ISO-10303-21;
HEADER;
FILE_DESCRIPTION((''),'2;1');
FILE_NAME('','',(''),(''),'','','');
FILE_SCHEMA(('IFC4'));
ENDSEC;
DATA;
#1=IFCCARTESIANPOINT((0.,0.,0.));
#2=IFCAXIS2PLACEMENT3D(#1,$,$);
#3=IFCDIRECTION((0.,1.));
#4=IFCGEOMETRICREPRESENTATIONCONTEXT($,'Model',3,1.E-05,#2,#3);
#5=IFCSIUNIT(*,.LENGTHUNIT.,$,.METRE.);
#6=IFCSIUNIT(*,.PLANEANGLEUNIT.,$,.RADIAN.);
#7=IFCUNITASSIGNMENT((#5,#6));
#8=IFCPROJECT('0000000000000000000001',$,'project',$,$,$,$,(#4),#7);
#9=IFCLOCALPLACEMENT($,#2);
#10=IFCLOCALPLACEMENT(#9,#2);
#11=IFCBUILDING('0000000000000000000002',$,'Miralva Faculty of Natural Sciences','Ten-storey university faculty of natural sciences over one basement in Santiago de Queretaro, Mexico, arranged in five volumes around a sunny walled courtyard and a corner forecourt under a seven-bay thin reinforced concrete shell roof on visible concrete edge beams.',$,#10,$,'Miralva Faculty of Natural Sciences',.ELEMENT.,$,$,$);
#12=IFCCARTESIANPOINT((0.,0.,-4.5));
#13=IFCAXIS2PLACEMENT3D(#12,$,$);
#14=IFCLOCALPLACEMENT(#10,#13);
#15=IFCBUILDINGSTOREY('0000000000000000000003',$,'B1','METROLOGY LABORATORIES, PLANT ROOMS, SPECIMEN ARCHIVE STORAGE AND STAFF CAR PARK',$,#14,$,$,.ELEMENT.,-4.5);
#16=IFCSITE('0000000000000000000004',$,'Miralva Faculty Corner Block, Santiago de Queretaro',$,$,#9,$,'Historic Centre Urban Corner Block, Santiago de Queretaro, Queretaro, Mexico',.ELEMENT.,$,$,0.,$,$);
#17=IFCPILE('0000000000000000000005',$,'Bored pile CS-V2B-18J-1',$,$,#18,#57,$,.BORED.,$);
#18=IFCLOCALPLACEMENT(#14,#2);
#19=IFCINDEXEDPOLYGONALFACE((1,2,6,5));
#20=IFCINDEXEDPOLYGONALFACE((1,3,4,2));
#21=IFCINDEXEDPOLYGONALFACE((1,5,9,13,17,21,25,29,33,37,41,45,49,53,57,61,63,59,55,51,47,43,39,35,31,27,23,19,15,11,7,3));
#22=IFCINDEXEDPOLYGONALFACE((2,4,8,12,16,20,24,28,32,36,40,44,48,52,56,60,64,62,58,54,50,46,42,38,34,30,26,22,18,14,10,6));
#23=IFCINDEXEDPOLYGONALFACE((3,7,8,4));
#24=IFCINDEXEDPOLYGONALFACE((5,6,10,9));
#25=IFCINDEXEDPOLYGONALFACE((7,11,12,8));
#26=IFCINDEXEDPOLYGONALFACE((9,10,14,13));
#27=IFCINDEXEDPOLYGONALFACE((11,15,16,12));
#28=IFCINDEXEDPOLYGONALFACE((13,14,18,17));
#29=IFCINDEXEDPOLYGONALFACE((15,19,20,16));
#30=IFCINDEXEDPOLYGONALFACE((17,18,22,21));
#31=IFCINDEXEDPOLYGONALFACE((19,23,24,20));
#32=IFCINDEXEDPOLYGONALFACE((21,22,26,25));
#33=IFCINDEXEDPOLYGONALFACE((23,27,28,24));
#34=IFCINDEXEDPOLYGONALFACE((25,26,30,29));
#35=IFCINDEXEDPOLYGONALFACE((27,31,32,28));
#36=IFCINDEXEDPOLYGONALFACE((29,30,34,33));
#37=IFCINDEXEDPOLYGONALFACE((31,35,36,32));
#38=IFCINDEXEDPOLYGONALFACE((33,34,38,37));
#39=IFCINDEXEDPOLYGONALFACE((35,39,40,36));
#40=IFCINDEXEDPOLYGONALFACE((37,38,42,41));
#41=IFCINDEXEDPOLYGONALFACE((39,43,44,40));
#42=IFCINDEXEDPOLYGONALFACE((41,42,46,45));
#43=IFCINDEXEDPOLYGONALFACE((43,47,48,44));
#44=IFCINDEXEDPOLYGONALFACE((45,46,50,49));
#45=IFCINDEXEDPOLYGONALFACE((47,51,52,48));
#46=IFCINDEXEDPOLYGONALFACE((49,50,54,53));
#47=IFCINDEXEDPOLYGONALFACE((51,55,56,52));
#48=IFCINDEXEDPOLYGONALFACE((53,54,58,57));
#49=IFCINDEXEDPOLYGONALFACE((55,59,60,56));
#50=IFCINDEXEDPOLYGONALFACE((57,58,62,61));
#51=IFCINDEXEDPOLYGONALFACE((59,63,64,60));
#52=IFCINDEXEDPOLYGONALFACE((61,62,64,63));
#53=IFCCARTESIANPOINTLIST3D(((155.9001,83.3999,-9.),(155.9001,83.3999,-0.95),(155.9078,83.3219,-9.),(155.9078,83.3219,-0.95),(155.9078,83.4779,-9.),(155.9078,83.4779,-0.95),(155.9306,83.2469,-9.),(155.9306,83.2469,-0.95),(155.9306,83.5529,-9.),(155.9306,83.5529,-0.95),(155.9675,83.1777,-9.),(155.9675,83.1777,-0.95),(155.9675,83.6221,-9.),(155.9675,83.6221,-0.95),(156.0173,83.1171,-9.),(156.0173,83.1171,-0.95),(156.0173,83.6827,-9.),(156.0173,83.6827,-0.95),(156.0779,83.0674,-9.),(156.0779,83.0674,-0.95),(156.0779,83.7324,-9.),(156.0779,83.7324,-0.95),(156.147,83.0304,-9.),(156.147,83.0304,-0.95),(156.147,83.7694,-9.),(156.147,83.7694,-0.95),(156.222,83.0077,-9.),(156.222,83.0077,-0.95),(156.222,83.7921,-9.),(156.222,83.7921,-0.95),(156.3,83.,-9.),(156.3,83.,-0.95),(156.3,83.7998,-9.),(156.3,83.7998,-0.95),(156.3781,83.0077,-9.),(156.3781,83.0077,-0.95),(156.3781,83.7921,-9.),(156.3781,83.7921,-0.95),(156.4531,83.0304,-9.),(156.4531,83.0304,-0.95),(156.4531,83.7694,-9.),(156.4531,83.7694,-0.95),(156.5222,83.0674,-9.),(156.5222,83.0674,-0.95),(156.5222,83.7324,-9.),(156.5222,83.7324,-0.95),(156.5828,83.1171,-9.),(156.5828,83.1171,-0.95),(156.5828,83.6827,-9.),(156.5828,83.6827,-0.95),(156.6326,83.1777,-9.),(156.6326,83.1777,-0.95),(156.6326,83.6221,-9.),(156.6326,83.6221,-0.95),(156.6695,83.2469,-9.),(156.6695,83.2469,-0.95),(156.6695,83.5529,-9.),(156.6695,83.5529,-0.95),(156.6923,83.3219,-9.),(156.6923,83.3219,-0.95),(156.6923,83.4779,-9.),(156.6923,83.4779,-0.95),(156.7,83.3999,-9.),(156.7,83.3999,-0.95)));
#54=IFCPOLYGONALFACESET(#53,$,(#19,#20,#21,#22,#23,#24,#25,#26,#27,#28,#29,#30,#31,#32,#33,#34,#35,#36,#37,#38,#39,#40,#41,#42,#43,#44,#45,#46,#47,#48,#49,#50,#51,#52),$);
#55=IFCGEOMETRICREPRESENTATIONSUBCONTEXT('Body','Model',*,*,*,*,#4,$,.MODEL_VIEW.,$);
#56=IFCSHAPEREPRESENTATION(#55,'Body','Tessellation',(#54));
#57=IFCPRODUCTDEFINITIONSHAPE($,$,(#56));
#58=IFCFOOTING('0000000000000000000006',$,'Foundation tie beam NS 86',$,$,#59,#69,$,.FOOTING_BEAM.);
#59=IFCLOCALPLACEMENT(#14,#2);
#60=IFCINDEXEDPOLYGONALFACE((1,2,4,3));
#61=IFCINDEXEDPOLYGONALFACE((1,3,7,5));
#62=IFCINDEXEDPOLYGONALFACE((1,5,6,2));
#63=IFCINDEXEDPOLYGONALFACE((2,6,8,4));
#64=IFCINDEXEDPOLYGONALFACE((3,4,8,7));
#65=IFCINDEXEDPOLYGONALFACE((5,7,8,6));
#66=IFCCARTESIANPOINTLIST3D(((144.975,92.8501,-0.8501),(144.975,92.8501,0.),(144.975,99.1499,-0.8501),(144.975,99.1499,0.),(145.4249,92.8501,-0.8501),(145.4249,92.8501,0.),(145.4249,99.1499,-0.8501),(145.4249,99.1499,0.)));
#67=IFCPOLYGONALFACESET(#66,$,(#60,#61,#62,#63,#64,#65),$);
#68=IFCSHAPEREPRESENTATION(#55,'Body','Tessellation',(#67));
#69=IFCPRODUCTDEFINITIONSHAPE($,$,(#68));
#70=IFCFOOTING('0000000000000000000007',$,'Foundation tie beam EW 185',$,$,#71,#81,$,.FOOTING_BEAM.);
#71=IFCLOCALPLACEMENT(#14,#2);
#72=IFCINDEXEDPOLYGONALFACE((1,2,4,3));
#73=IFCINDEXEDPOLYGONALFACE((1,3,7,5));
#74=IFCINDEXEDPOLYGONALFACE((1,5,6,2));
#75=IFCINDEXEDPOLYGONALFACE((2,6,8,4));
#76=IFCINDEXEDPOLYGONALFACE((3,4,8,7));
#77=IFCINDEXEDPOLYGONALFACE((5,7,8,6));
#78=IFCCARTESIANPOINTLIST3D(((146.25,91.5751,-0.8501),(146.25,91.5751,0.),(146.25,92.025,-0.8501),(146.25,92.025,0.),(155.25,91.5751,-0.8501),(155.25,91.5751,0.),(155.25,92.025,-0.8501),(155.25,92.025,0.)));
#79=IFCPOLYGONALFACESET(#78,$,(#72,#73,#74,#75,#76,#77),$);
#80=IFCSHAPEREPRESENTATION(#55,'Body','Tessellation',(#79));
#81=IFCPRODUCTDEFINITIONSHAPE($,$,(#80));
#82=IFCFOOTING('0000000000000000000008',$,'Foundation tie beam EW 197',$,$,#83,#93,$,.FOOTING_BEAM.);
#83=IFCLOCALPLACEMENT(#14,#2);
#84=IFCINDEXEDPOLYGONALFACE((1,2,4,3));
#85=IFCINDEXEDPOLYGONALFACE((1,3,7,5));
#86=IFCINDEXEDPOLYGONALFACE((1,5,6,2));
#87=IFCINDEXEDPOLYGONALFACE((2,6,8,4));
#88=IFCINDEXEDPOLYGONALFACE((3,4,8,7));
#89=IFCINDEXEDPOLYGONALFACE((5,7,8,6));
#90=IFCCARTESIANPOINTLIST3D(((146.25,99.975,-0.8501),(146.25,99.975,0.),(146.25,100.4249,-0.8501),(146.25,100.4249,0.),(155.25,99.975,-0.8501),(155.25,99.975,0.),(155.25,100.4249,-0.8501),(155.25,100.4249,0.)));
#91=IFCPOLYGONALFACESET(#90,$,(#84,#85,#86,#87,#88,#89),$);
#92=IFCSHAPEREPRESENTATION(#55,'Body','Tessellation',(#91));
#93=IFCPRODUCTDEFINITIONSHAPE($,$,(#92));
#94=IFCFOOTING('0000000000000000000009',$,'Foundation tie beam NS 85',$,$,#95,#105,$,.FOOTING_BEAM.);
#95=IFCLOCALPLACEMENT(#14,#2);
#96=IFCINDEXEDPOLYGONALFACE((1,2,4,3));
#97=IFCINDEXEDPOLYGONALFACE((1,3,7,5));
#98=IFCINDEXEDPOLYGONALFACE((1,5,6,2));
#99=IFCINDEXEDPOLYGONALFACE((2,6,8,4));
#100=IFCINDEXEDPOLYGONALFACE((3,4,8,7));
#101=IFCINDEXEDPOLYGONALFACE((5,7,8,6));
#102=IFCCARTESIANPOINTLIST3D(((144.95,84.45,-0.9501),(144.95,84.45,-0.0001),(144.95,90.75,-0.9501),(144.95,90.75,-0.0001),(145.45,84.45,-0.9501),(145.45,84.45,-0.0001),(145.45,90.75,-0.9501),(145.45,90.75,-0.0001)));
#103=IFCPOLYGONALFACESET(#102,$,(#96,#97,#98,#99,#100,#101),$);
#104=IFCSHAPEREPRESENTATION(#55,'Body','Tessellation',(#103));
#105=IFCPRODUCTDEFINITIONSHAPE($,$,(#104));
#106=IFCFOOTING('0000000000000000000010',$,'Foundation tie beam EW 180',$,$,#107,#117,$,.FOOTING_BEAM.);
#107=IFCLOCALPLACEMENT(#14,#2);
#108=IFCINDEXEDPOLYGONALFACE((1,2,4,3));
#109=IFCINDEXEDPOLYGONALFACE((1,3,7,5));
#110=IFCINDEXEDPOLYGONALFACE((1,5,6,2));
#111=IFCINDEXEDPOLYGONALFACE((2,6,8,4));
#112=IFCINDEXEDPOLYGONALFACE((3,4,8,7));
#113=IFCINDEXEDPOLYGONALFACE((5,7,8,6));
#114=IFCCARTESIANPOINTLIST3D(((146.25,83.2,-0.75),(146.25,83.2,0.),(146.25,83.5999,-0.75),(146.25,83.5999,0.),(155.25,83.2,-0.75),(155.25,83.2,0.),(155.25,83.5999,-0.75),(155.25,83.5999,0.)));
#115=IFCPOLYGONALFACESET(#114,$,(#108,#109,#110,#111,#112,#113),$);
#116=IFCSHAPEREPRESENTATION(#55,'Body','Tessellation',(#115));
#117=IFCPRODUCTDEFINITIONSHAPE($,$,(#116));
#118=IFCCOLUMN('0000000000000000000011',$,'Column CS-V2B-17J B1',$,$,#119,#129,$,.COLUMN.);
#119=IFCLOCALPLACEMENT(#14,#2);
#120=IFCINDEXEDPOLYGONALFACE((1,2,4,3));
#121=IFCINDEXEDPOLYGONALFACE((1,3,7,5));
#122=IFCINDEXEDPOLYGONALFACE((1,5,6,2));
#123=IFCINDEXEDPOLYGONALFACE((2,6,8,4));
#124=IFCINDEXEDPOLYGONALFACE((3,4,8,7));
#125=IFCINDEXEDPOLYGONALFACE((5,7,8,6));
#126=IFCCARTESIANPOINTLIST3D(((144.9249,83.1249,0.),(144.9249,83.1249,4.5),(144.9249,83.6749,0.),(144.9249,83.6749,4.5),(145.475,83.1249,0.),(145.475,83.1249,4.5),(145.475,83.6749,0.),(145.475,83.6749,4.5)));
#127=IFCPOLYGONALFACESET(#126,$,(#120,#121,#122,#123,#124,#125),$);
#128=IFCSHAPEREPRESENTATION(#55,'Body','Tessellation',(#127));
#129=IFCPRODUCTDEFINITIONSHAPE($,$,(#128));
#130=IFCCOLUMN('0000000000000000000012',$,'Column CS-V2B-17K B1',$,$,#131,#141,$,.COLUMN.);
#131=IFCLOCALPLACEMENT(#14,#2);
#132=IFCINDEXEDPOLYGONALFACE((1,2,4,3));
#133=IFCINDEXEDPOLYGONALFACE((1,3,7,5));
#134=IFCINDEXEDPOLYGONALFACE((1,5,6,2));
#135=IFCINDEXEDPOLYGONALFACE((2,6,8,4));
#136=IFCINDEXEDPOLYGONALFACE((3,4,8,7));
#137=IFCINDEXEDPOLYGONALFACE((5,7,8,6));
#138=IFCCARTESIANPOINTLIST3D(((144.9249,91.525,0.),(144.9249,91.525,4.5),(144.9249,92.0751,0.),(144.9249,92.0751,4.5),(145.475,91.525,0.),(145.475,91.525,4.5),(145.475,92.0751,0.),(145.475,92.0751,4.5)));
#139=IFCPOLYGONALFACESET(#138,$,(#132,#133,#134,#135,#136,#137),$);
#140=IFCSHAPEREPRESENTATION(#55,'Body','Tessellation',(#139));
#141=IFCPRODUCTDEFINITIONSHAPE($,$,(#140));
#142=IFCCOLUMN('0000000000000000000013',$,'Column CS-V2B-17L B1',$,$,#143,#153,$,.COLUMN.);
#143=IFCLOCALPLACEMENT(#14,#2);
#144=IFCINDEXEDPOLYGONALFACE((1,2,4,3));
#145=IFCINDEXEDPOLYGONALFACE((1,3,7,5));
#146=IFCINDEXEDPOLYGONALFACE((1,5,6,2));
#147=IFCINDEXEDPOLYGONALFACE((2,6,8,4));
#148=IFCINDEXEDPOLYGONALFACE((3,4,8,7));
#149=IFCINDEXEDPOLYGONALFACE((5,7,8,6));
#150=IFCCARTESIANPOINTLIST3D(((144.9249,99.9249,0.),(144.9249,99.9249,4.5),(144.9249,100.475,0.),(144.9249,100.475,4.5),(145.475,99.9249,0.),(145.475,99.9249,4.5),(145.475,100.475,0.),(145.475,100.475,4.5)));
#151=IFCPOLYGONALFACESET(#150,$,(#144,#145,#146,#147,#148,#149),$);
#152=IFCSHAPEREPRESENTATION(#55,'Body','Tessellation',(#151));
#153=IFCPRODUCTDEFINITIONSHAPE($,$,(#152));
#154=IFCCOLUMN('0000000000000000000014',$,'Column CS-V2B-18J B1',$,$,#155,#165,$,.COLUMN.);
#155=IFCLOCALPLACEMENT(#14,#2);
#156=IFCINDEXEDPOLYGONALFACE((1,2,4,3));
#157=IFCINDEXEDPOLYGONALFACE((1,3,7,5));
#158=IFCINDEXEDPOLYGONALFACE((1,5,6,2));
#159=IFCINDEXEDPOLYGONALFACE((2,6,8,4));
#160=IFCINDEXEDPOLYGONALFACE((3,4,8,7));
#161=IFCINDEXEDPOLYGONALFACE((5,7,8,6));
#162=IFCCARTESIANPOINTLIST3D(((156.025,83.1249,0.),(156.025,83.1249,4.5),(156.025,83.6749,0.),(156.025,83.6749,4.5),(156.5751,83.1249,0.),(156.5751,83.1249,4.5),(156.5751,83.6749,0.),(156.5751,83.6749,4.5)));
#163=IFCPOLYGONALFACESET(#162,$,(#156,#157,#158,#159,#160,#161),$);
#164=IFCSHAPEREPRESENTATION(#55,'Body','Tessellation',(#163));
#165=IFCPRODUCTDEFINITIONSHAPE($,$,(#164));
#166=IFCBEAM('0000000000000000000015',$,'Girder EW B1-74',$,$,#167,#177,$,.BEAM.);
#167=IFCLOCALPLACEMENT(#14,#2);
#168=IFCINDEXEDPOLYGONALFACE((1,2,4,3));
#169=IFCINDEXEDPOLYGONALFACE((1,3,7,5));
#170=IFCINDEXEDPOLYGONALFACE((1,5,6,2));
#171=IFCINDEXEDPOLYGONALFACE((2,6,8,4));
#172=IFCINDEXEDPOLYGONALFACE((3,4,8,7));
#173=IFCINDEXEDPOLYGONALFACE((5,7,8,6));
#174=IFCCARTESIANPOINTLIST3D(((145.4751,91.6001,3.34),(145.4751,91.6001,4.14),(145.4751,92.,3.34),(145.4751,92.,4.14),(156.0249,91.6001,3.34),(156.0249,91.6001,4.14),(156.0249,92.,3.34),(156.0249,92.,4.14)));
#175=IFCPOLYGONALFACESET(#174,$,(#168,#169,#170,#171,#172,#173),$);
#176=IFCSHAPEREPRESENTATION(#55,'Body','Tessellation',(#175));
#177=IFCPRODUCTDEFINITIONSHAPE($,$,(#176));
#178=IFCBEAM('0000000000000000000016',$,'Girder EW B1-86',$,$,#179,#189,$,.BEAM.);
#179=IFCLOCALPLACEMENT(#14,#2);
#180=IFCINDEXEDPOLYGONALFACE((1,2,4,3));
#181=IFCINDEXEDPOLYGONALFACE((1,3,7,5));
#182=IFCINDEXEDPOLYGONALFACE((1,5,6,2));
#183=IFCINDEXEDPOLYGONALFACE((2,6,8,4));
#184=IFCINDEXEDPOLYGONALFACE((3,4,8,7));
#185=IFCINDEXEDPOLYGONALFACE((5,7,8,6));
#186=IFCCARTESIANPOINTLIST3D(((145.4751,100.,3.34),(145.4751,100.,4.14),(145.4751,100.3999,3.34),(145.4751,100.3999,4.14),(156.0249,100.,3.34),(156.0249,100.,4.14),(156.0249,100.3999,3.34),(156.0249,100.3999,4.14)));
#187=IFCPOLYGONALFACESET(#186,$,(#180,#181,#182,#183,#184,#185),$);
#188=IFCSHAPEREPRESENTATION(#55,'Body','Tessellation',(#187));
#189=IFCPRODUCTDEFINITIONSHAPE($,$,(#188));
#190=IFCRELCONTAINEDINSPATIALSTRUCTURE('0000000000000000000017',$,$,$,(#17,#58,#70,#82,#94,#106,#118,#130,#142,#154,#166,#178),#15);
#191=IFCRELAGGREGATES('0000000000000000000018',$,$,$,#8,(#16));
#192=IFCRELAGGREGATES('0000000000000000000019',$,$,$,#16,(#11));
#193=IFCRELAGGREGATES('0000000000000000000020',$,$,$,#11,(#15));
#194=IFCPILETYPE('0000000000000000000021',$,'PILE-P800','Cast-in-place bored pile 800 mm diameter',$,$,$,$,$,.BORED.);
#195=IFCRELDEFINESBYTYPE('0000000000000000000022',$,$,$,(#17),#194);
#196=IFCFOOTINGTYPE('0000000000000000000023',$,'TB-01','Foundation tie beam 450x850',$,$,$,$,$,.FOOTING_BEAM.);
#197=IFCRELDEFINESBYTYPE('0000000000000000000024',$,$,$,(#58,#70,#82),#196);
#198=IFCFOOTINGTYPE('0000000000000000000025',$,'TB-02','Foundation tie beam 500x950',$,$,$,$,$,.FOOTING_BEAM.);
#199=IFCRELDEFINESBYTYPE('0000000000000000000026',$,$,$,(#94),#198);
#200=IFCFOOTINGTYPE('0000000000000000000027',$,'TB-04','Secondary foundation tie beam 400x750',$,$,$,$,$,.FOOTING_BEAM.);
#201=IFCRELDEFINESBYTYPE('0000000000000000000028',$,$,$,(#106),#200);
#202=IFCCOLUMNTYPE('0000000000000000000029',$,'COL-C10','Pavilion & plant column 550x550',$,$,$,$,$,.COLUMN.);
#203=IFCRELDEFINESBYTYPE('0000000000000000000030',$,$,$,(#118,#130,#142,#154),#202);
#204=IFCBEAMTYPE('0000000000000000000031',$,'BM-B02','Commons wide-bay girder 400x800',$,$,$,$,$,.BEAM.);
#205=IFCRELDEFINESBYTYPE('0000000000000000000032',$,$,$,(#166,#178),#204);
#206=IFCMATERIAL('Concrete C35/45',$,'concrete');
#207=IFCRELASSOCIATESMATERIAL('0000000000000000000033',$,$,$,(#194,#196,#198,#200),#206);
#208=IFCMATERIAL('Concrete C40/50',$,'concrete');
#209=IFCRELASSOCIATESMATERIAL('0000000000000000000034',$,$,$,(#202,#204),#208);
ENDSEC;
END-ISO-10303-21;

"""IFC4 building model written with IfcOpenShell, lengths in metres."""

from ifc_helpers import new_model, si_unit, direction, frame, origin, origin_2d, place, context, subcontext, project, spatial, rectangle, circle, extrude, material, material_profile, profile_set, type_object, element, save


model = new_model("IFC4")

# Units and contexts
model_context = context("Model", 3, precision=1e-05, world=origin(), true_north=direction((0.0, 1.0)))
body_context = subcontext(model_context, "Body", "Model", "MODEL_VIEW")
ifc_project = project(units=[si_unit("LENGTHUNIT", "METRE"), si_unit("PLANEANGLEUNIT", "RADIAN")], contexts=[model_context])

# Site, building, storey
site_placement = place(None, origin())
site = spatial("IfcSite", under=ifc_project, at=site_placement, Name="Miralva Faculty Corner Block, Santiago de Queretaro", LongName="Historic Centre Urban Corner Block, Santiago de Queretaro, Queretaro, Mexico", CompositionType="ELEMENT", RefElevation=0.0)
building_placement = place(site_placement, origin())
building = spatial("IfcBuilding", under=site, at=building_placement, Name="Miralva Faculty of Natural Sciences", Description="Ten-storey university faculty of natural sciences over one basement in Santiago de Queretaro, Mexico, arranged in five volumes around a sunny walled courtyard and a corner forecourt under a seven-bay thin reinforced concrete shell roof on visible concrete edge beams.", LongName="Miralva Faculty of Natural Sciences", CompositionType="ELEMENT")
storey_placement = place(building_placement, frame((0.0, 0.0, -4.5)))
storey = spatial("IfcBuildingStorey", under=building, at=storey_placement, Name="B1", Description="METROLOGY LABORATORIES, PLANT ROOMS, SPECIMEN ARCHIVE STORAGE AND STAFF CAR PARK", CompositionType="ELEMENT", Elevation=-4.5)

# Shared definitions
ifc_material_1 = material(Name="Concrete C35/45", Category="concrete")

# Pile
ifc_material_profile_1 = material_profile(ifc_material_1, circle(Radius=0.3999, at=origin_2d()), Name="BORED PILE 800")
ifc_profile_set_1 = profile_set([ifc_material_profile_1], Name="Concrete C35/45")
pile_type = type_object("IfcPileType", Name="PILE-P800", Description="Cast-in-place bored pile 800 mm diameter", PredefinedType="BORED", material=ifc_profile_set_1)
for number, where, z_axis, x_axis, name in (
    (1, (156.3, 83.3999, -0.95), (0.0, 0.0, -1.0), (1.0, 0.0, 0.0), "Bored pile CS-V2B-18J-1"),
):
    element("IfcPile", number, at=place(storey_placement, frame(where, z_axis=z_axis, x_axis=x_axis)), inside=storey, type_object=pile_type, Name=name, PredefinedType="BORED", context=body_context, shape_type="SweptSolid", body=[
        extrude(circle(Radius=0.3999, at=origin_2d()), origin(), (0.0, 0.0, 1.0), 8.05),
    ])

# Footings
ifc_material_profile_2 = material_profile(ifc_material_1, rectangle(XDim=0.45, YDim=0.8501, at=origin_2d()), Name="RC 450x850")
ifc_profile_set_2 = profile_set([ifc_material_profile_2], Name="Concrete C35/45")
footing_type_1 = type_object("IfcFootingType", Name="TB-01", Description="Foundation tie beam 450x850", PredefinedType="FOOTING_BEAM", material=ifc_profile_set_2)
footing_1_placement = place(storey_placement, frame((145.2, 92.8501, -0.425), z_axis=(0.0, 1.0, 0.0), x_axis=(-1.0, 0.0, 0.0)))
element("IfcFooting", 2, at=footing_1_placement, inside=storey, type_object=footing_type_1, Name="Foundation tie beam NS 86", PredefinedType="FOOTING_BEAM", context=body_context, shape_type="SweptSolid", body=[
    extrude(rectangle(XDim=0.45, YDim=0.8501, at=origin_2d()), origin(), (0.0, 0.0, 1.0), 6.2998),
])
for number, where, z_axis, x_axis, name in (
    (3, (146.25, 91.8, -0.425), (1.0, 0.0, 0.0), (0.0, 1.0, 0.0), "Foundation tie beam EW 185"),
    (4, (146.25, 100.2, -0.425), (1.0, 0.0, 0.0), (0.0, 1.0, 0.0), "Foundation tie beam EW 197"),
):
    element("IfcFooting", number, at=place(storey_placement, frame(where, z_axis=z_axis, x_axis=x_axis)), inside=storey, type_object=footing_type_1, Name=name, PredefinedType="FOOTING_BEAM", context=body_context, shape_type="SweptSolid", body=[
        extrude(rectangle(XDim=0.45, YDim=0.8501, at=origin_2d()), origin(), (0.0, 0.0, 1.0), 9.0),
    ])
ifc_material_profile_3 = material_profile(ifc_material_1, rectangle(XDim=0.5, YDim=0.95, at=origin_2d()), Name="RC 500x950")
ifc_profile_set_3 = profile_set([ifc_material_profile_3], Name="Concrete C35/45")
footing_type_2 = type_object("IfcFootingType", Name="TB-02", Description="Foundation tie beam 500x950", PredefinedType="FOOTING_BEAM", material=ifc_profile_set_3)
footing_2_placement = place(storey_placement, frame((145.2, 84.45, -0.4751), z_axis=(0.0, 1.0, 0.0), x_axis=(-1.0, 0.0, 0.0)))
element("IfcFooting", 5, at=footing_2_placement, inside=storey, type_object=footing_type_2, Name="Foundation tie beam NS 85", PredefinedType="FOOTING_BEAM", context=body_context, shape_type="SweptSolid", body=[
    extrude(rectangle(XDim=0.5, YDim=0.95, at=origin_2d()), origin(), (0.0, 0.0, 1.0), 6.3),
])
ifc_material_profile_4 = material_profile(ifc_material_1, rectangle(XDim=0.3999, YDim=0.75, at=origin_2d()), Name="RC 400x750")
ifc_profile_set_4 = profile_set([ifc_material_profile_4], Name="Concrete C35/45")
footing_type_3 = type_object("IfcFootingType", Name="TB-04", Description="Secondary foundation tie beam 400x750", PredefinedType="FOOTING_BEAM", material=ifc_profile_set_4)
footing_3_placement = place(storey_placement, frame((146.25, 83.3999, -0.375), z_axis=(1.0, 0.0, 0.0), x_axis=(0.0, 1.0, 0.0)))
element("IfcFooting", 6, at=footing_3_placement, inside=storey, type_object=footing_type_3, Name="Foundation tie beam EW 180", PredefinedType="FOOTING_BEAM", context=body_context, shape_type="SweptSolid", body=[
    extrude(rectangle(XDim=0.3999, YDim=0.75, at=origin_2d()), origin(), (0.0, 0.0, 1.0), 9.0),
])

# Columns
ifc_material_2 = material(Name="Concrete C40/50", Category="concrete")
ifc_material_profile_5 = material_profile(ifc_material_2, rectangle(XDim=0.55, YDim=0.55, at=origin_2d()), Name="RC 550x550")
ifc_profile_set_5 = profile_set([ifc_material_profile_5], Name="Concrete C40/50")
column_type = type_object("IfcColumnType", Name="COL-C10", Description="Pavilion & plant column 550x550", PredefinedType="COLUMN", material=ifc_profile_set_5)
for number, where, z_axis, x_axis, name in (
    (7, (145.2, 83.3999, 0.0), (0.0, 0.0, 1.0), (1.0, 0.0, 0.0), "Column CS-V2B-17J B1"),
    (8, (145.2, 91.8, 0.0), (0.0, 0.0, 1.0), (1.0, 0.0, 0.0), "Column CS-V2B-17K B1"),
    (9, (145.2, 100.2, 0.0), (0.0, 0.0, 1.0), (1.0, 0.0, 0.0), "Column CS-V2B-17L B1"),
    (10, (156.3, 83.3999, 0.0), (0.0, 0.0, 1.0), (1.0, 0.0, 0.0), "Column CS-V2B-18J B1"),
):
    element("IfcColumn", number, at=place(storey_placement, frame(where, z_axis=z_axis, x_axis=x_axis)), inside=storey, type_object=column_type, Name=name, PredefinedType="COLUMN", context=body_context, shape_type="SweptSolid", body=[
        extrude(rectangle(XDim=0.55, YDim=0.55, at=origin_2d()), origin(), (0.0, 0.0, 1.0), 4.5),
    ])

# Beams
ifc_material_profile_6 = material_profile(ifc_material_2, rectangle(XDim=0.3999, YDim=0.8, at=origin_2d()), Name="RC 400x800")
ifc_profile_set_6 = profile_set([ifc_material_profile_6], Name="Concrete C40/50")
beam_type_1 = type_object("IfcBeamType", Name="BM-B02", Description="Commons wide-bay girder 400x800", PredefinedType="BEAM", material=ifc_profile_set_6)
for number, where, z_axis, x_axis, name in (
    (11, (145.4751, 91.8, 3.74), (1.0, 0.0, 0.0), (0.0, 1.0, 0.0), "Girder EW B1-74"),
    (12, (145.4751, 100.2, 3.74), (1.0, 0.0, 0.0), (0.0, 1.0, 0.0), "Girder EW B1-86"),
):
    element("IfcBeam", number, at=place(storey_placement, frame(where, z_axis=z_axis, x_axis=x_axis)), inside=storey, type_object=beam_type_1, Name=name, PredefinedType="BEAM", context=body_context, shape_type="SweptSolid", body=[
        extrude(rectangle(XDim=0.3999, YDim=0.8, at=origin_2d()), origin(), (0.0, 0.0, 1.0), 10.5498),
    ])

save(model, "model.ifc")
